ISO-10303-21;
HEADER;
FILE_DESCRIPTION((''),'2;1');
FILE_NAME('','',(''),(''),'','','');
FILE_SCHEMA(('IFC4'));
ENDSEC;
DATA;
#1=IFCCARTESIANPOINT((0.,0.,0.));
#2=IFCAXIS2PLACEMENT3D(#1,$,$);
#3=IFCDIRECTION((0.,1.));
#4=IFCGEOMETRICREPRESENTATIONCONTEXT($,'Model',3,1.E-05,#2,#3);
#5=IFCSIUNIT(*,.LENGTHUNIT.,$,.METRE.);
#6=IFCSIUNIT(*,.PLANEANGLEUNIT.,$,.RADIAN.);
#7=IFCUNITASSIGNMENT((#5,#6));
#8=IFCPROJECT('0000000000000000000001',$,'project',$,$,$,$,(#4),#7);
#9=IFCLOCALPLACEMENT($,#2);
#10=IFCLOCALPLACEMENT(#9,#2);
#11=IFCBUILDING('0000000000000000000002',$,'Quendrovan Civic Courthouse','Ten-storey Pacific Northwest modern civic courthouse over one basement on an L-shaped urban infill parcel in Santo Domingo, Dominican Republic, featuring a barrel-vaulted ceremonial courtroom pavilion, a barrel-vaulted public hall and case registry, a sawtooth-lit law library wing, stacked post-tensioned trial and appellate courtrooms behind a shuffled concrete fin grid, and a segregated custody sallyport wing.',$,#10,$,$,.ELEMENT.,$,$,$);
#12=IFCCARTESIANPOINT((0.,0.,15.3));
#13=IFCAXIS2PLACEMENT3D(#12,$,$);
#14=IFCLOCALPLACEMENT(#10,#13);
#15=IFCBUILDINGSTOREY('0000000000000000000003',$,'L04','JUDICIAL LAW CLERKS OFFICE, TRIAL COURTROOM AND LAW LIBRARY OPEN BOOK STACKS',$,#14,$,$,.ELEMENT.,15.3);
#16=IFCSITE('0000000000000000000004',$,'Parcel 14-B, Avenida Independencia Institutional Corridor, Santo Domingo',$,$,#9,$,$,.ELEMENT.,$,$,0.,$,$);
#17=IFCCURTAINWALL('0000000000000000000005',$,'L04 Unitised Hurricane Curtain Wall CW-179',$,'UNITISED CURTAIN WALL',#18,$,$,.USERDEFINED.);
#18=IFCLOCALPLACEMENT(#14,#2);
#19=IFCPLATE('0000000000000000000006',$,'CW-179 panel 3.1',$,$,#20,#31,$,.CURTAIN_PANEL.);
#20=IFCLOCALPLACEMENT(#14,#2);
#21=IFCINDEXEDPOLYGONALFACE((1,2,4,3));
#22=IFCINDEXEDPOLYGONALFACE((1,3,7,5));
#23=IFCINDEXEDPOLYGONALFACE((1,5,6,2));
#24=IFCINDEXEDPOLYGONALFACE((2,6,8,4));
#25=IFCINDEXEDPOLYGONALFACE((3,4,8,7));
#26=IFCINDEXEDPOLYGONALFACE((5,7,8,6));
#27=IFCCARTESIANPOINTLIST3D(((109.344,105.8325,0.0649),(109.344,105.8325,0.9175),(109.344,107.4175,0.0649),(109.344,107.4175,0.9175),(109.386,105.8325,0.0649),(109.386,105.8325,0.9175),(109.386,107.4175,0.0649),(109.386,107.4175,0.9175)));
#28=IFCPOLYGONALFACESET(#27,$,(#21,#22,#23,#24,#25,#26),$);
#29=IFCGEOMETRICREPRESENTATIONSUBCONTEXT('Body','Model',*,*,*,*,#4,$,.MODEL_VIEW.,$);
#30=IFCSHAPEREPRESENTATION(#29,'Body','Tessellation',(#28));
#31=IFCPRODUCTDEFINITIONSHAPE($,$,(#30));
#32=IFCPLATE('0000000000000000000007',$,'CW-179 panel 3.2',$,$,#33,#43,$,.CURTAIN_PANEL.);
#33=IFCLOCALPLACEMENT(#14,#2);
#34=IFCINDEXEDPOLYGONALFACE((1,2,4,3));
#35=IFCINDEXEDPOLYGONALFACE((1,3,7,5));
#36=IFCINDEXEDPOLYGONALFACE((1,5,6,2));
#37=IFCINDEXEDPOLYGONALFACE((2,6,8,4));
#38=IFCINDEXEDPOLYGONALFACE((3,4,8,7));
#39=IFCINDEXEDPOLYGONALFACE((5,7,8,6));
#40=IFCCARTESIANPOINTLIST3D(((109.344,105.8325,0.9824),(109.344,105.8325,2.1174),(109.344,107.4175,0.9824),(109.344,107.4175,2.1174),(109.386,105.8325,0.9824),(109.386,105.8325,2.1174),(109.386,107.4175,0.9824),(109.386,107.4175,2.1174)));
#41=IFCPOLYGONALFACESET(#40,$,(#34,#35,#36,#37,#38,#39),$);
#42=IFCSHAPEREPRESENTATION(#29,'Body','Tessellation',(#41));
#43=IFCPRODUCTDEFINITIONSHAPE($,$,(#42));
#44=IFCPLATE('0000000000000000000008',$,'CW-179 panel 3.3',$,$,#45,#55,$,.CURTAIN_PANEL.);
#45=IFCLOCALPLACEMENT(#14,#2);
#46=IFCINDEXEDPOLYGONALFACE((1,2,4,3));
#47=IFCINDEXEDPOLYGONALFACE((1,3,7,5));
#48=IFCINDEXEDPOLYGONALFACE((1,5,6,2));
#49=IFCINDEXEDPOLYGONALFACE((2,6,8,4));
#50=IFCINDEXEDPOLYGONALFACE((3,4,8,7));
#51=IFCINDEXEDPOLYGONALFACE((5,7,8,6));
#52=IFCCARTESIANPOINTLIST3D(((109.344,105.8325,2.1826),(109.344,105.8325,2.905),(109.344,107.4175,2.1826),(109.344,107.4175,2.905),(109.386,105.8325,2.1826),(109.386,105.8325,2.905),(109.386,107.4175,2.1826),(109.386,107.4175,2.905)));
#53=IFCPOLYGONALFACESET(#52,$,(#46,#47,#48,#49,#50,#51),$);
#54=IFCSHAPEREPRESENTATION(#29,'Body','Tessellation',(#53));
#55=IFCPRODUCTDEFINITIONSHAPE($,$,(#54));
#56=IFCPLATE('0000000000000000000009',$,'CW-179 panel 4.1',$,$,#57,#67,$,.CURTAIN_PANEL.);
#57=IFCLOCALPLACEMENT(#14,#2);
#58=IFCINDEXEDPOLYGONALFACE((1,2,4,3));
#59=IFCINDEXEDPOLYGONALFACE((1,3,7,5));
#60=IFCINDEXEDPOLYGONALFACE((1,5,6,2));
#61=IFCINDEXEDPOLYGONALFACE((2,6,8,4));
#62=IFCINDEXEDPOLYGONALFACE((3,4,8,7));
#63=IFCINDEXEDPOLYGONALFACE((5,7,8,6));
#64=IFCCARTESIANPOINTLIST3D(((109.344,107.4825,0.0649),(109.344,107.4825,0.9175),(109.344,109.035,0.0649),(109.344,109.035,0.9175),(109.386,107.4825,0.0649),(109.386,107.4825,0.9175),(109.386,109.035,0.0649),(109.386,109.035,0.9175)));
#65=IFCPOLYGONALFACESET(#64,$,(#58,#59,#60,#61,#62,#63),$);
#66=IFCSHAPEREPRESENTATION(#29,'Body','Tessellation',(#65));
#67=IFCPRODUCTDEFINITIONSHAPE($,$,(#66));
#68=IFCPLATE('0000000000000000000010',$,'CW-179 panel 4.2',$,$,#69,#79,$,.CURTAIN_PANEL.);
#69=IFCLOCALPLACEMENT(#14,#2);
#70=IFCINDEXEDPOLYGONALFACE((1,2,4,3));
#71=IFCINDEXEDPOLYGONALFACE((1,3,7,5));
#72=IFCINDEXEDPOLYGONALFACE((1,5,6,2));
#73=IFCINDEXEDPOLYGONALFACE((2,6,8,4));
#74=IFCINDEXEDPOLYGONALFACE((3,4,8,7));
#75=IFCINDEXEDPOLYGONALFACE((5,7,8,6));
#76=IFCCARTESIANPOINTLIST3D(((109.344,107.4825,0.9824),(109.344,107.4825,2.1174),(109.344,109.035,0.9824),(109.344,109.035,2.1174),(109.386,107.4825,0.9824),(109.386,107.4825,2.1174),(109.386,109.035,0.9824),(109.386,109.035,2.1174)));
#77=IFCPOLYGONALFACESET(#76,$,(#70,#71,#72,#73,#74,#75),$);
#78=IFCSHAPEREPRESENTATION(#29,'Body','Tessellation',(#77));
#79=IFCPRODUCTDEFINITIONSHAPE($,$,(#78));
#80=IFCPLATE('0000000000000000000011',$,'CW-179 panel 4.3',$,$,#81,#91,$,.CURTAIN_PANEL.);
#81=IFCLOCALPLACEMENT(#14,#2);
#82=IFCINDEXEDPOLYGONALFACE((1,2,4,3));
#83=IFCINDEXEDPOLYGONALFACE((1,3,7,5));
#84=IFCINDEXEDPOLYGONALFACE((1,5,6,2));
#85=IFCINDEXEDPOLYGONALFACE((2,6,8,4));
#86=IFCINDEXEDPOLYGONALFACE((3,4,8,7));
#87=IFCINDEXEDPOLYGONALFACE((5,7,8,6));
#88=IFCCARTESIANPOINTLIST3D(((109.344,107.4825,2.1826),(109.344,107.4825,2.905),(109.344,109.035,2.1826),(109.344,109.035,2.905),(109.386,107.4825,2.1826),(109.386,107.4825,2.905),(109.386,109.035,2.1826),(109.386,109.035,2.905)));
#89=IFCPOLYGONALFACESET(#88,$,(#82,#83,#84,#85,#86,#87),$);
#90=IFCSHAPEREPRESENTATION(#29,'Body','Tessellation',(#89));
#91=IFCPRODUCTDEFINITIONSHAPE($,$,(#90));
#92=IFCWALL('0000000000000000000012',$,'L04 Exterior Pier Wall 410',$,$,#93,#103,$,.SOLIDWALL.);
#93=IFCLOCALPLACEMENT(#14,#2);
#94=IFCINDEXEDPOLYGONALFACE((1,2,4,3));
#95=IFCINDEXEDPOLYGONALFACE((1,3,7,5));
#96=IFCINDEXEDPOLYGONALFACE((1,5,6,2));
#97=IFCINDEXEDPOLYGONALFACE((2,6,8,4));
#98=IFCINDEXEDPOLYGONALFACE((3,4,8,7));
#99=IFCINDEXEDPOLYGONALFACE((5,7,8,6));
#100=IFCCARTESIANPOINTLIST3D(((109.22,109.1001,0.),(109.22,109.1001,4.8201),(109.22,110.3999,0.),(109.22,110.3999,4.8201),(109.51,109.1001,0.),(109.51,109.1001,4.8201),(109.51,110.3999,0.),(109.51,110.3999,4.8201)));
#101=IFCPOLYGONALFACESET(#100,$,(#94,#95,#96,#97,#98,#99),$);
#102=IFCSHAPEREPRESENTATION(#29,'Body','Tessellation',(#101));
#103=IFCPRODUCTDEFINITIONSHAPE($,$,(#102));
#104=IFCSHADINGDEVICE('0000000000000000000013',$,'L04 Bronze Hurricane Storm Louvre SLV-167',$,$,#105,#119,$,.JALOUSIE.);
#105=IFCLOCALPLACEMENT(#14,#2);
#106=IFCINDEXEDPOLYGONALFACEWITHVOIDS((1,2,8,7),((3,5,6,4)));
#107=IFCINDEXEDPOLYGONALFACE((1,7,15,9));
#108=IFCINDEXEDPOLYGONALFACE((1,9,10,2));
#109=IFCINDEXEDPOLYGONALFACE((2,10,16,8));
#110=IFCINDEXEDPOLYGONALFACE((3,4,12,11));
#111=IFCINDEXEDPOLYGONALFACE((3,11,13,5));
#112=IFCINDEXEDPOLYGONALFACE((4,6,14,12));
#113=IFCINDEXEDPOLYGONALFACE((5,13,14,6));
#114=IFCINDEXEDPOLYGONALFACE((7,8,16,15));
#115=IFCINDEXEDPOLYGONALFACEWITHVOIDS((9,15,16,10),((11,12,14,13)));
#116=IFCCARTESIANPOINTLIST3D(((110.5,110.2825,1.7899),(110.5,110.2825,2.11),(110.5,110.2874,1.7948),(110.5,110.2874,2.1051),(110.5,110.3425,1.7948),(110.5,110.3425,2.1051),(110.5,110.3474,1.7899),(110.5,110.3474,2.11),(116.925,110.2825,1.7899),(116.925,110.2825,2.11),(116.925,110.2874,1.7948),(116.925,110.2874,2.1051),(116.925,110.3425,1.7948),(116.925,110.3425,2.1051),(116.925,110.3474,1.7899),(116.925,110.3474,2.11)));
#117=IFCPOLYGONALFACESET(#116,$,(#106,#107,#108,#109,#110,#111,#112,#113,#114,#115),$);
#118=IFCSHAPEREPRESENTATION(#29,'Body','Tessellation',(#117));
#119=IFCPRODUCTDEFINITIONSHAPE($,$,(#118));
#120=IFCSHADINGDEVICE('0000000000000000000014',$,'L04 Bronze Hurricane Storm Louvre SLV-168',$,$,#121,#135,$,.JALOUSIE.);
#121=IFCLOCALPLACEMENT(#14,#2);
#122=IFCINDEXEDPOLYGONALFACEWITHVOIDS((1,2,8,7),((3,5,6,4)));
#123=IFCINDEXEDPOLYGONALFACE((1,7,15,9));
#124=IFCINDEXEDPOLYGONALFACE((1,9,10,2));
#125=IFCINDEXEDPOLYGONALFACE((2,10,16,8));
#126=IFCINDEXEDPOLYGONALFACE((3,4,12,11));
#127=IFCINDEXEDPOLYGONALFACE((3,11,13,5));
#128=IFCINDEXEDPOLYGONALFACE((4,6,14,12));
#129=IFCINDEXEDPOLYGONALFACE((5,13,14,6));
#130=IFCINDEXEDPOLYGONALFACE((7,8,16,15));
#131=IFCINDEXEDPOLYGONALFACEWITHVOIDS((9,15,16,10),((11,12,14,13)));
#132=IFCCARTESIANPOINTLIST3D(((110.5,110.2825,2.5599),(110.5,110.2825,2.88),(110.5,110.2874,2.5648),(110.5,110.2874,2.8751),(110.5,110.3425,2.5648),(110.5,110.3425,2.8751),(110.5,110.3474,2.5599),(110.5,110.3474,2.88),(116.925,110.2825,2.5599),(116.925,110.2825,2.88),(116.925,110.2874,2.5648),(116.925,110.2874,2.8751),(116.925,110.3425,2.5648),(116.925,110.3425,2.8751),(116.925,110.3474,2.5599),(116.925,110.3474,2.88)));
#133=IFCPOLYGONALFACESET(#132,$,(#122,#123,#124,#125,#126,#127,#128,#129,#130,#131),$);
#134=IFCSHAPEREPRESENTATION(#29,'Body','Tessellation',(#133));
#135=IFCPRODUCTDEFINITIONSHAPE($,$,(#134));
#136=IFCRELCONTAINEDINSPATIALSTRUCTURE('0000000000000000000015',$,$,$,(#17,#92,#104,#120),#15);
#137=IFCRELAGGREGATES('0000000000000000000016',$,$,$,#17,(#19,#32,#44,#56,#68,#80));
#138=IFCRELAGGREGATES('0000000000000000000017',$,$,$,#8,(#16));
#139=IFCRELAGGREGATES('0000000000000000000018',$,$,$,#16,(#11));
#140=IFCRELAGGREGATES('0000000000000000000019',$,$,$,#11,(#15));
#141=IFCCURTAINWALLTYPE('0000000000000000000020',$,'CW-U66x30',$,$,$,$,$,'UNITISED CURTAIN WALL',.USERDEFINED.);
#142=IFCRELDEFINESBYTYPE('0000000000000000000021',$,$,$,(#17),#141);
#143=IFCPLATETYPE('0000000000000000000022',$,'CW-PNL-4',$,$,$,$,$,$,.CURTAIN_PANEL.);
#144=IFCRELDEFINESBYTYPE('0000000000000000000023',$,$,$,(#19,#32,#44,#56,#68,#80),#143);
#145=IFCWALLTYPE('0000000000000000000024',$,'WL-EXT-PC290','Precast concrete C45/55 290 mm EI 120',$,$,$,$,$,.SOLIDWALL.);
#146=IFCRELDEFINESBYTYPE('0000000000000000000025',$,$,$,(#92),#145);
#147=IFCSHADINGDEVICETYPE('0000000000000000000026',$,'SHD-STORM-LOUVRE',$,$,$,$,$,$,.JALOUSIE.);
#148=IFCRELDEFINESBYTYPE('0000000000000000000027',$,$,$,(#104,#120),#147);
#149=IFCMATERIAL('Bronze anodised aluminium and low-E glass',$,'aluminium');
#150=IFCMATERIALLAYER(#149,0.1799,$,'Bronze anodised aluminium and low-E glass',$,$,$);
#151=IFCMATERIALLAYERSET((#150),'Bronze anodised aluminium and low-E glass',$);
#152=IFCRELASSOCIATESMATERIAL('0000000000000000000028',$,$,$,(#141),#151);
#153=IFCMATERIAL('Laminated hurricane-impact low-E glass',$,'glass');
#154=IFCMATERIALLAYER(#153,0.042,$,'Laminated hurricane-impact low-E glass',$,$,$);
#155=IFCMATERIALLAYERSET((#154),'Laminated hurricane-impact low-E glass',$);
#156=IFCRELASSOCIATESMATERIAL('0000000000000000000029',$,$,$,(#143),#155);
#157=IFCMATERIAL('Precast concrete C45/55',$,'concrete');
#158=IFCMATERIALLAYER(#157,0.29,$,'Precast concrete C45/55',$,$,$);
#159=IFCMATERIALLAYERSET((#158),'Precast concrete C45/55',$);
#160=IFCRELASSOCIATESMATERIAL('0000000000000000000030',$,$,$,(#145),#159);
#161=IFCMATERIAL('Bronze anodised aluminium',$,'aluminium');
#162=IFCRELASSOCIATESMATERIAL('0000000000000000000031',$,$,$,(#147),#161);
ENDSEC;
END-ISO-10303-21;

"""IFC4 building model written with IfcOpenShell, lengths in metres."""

from ifc_helpers import new_model, si_unit, direction, frame, frame_2d, origin, origin_2d, place, context, subcontext, project, spatial, rectangle, hollow_rectangle, extrude, material, layer, layer_set, material_profile, profile_set, type_object, element, aggregate, save


model = new_model("IFC4")

# Units and contexts
model_context = context("Model", 3, precision=1e-05, world=origin(), true_north=direction((0.0, 1.0)))
body_context = subcontext(model_context, "Body", "Model", "MODEL_VIEW")
ifc_project = project(units=[si_unit("LENGTHUNIT", "METRE"), si_unit("PLANEANGLEUNIT", "RADIAN")], contexts=[model_context])

# Site, building, storey
site_placement = place(None, origin())
site = spatial("IfcSite", under=ifc_project, at=site_placement, Name="Parcel 14-B, Avenida Independencia Institutional Corridor, Santo Domingo", CompositionType="ELEMENT", RefElevation=0.0)
building_placement = place(site_placement, origin())
building = spatial("IfcBuilding", under=site, at=building_placement, Name="Quendrovan Civic Courthouse", Description="Ten-storey Pacific Northwest modern civic courthouse over one basement on an L-shaped urban infill parcel in Santo Domingo, Dominican Republic, featuring a barrel-vaulted ceremonial courtroom pavilion, a barrel-vaulted public hall and case registry, a sawtooth-lit law library wing, stacked post-tensioned trial and appellate courtrooms behind a shuffled concrete fin grid, and a segregated custody sallyport wing.", CompositionType="ELEMENT")
storey_placement = place(building_placement, frame((0.0, 0.0, 15.3)))
storey = spatial("IfcBuildingStorey", under=building, at=storey_placement, Name="L04", Description="JUDICIAL LAW CLERKS OFFICE, TRIAL COURTROOM AND LAW LIBRARY OPEN BOOK STACKS", CompositionType="ELEMENT", Elevation=15.3)

# Shared definitions
ifc_material_1 = material(Name="Bronze anodised aluminium and low-E glass", Category="aluminium")
ifc_material_2 = material(Name="Bronze anodised aluminium", Category="aluminium")

# Curtain wall
ifc_layer_1 = layer(ifc_material_1, 0.1799, Name="Bronze anodised aluminium and low-E glass")
ifc_layer_set_1 = layer_set([ifc_layer_1], Name="Bronze anodised aluminium and low-E glass")
curtain_wall_type_1 = type_object("IfcCurtainWallType", Name="CW-U66x30", ElementType="UNITISED CURTAIN WALL", PredefinedType="USERDEFINED", material=ifc_layer_set_1)
curtain_wall_1_placement = place(storey_placement, origin())
curtain_wall_1 = element("IfcCurtainWall", 1, at=curtain_wall_1_placement, inside=storey, type_object=curtain_wall_type_1, Name="L04 Unitised Hurricane Curtain Wall CW-179", ObjectType="UNITISED CURTAIN WALL", PredefinedType="USERDEFINED")

# Plates
ifc_material_3 = material(Name="Laminated hurricane-impact low-E glass", Category="glass")
ifc_layer_2 = layer(ifc_material_3, 0.042, Name="Laminated hurricane-impact low-E glass")
ifc_layer_set_2 = layer_set([ifc_layer_2], Name="Laminated hurricane-impact low-E glass")
plate_type = type_object("IfcPlateType", Name="CW-PNL-4", PredefinedType="CURTAIN_PANEL", material=ifc_layer_set_2)
plate_1_placement = place(storey_placement, frame((109.365, 106.625, 0.0649), z_axis=(0.0, 0.0, 1.0), x_axis=(0.0, 1.0, 0.0)))
plate_1 = element("IfcPlate", 2, at=plate_1_placement, type_object=plate_type, Name="CW-179 panel 3.1", PredefinedType="CURTAIN_PANEL", context=body_context, shape_type="SweptSolid", body=[
    extrude(rectangle(XDim=1.585, YDim=0.042, at=origin_2d()), origin(), (0.0, 0.0, 1.0), 0.8525),
])
plate_2_placement = place(storey_placement, frame((109.365, 106.625, 0.9824), z_axis=(0.0, 0.0, 1.0), x_axis=(0.0, 1.0, 0.0)))
plate_2 = element("IfcPlate", 3, at=plate_2_placement, type_object=plate_type, Name="CW-179 panel 3.2", PredefinedType="CURTAIN_PANEL", context=body_context, shape_type="SweptSolid", body=[
    extrude(rectangle(XDim=1.585, YDim=0.042, at=origin_2d()), origin(), (0.0, 0.0, 1.0), 1.135),
])
plate_3_placement = place(storey_placement, frame((109.365, 106.625, 2.1826), z_axis=(0.0, 0.0, 1.0), x_axis=(0.0, 1.0, 0.0)))
plate_3 = element("IfcPlate", 4, at=plate_3_placement, type_object=plate_type, Name="CW-179 panel 3.3", PredefinedType="CURTAIN_PANEL", context=body_context, shape_type="SweptSolid", body=[
    extrude(rectangle(XDim=1.585, YDim=0.042, at=origin_2d()), origin(), (0.0, 0.0, 1.0), 0.7224),
])
plate_4_placement = place(storey_placement, frame((109.365, 108.2588, 0.0649), z_axis=(0.0, 0.0, 1.0), x_axis=(0.0, 1.0, 0.0)))
plate_4 = element("IfcPlate", 5, at=plate_4_placement, type_object=plate_type, Name="CW-179 panel 4.1", PredefinedType="CURTAIN_PANEL", context=body_context, shape_type="SweptSolid", body=[
    extrude(rectangle(XDim=1.5525, YDim=0.042, at=origin_2d()), origin(), (0.0, 0.0, 1.0), 0.8525),
])
plate_5_placement = place(storey_placement, frame((109.365, 108.2588, 0.9824), z_axis=(0.0, 0.0, 1.0), x_axis=(0.0, 1.0, 0.0)))
plate_5 = element("IfcPlate", 6, at=plate_5_placement, type_object=plate_type, Name="CW-179 panel 4.2", PredefinedType="CURTAIN_PANEL", context=body_context, shape_type="SweptSolid", body=[
    extrude(rectangle(XDim=1.5525, YDim=0.042, at=origin_2d()), origin(), (0.0, 0.0, 1.0), 1.135),
])
plate_6_placement = place(storey_placement, frame((109.365, 108.2588, 2.1826), z_axis=(0.0, 0.0, 1.0), x_axis=(0.0, 1.0, 0.0)))
plate_6 = element("IfcPlate", 7, at=plate_6_placement, type_object=plate_type, Name="CW-179 panel 4.3", PredefinedType="CURTAIN_PANEL", context=body_context, shape_type="SweptSolid", body=[
    extrude(rectangle(XDim=1.5525, YDim=0.042, at=origin_2d()), origin(), (0.0, 0.0, 1.0), 0.7224),
])
aggregate(curtain_wall_1, [plate_1, plate_2, plate_3, plate_4, plate_5, plate_6])

# Wall
ifc_material_4 = material(Name="Precast concrete C45/55", Category="concrete")
ifc_layer_3 = layer(ifc_material_4, 0.29, Name="Precast concrete C45/55")
ifc_layer_set_3 = layer_set([ifc_layer_3], Name="Precast concrete C45/55")
wall_type = type_object("IfcWallType", Name="WL-EXT-PC290", Description="Precast concrete C45/55 290 mm EI 120", PredefinedType="SOLIDWALL", material=ifc_layer_set_3)
wall_placement = place(storey_placement, frame((109.365, 109.1001, 0.0), z_axis=(0.0, 0.0, 1.0), x_axis=(0.0, 1.0, 0.0)))
element("IfcWall", 8, at=wall_placement, inside=storey, type_object=wall_type, Name="L04 Exterior Pier Wall 410", PredefinedType="SOLIDWALL", context=body_context, shape_type="SweptSolid", body=[
    extrude(rectangle(XDim=1.2998, YDim=0.29, at=frame_2d((0.6499, 0.0))), origin(), (0.0, 0.0, 1.0), 4.8201),
])

# Shading devices
ifc_material_profile_1 = material_profile(ifc_material_2, hollow_rectangle(XDim=0.0649, YDim=0.3201, WallThickness=0.0049, at=origin_2d()), Name="AL-LOUVRE-65x320")
ifc_profile_set_1 = profile_set([ifc_material_profile_1], Name="Bronze anodised aluminium")
shading_device_type = type_object("IfcShadingDeviceType", Name="SHD-STORM-LOUVRE", PredefinedType="JALOUSIE", material=ifc_profile_set_1)
for number, where, z_axis, x_axis, name in (
    (9, (110.5, 110.3149, 1.95), (1.0, 0.0, 0.0), (0.0, 1.0, 0.0), "L04 Bronze Hurricane Storm Louvre SLV-167"),
    (10, (110.5, 110.3149, 2.72), (1.0, 0.0, 0.0), (0.0, 1.0, 0.0), "L04 Bronze Hurricane Storm Louvre SLV-168"),
):
    element("IfcShadingDevice", number, at=place(storey_placement, frame(where, z_axis=z_axis, x_axis=x_axis)), inside=storey, type_object=shading_device_type, Name=name, PredefinedType="JALOUSIE", context=body_context, shape_type="SweptSolid", body=[
        extrude(hollow_rectangle(XDim=0.0649, YDim=0.3201, WallThickness=0.0049, at=origin_2d()), origin(), (0.0, 0.0, 1.0), 6.425),
    ])

save(model, "model.ifc")
